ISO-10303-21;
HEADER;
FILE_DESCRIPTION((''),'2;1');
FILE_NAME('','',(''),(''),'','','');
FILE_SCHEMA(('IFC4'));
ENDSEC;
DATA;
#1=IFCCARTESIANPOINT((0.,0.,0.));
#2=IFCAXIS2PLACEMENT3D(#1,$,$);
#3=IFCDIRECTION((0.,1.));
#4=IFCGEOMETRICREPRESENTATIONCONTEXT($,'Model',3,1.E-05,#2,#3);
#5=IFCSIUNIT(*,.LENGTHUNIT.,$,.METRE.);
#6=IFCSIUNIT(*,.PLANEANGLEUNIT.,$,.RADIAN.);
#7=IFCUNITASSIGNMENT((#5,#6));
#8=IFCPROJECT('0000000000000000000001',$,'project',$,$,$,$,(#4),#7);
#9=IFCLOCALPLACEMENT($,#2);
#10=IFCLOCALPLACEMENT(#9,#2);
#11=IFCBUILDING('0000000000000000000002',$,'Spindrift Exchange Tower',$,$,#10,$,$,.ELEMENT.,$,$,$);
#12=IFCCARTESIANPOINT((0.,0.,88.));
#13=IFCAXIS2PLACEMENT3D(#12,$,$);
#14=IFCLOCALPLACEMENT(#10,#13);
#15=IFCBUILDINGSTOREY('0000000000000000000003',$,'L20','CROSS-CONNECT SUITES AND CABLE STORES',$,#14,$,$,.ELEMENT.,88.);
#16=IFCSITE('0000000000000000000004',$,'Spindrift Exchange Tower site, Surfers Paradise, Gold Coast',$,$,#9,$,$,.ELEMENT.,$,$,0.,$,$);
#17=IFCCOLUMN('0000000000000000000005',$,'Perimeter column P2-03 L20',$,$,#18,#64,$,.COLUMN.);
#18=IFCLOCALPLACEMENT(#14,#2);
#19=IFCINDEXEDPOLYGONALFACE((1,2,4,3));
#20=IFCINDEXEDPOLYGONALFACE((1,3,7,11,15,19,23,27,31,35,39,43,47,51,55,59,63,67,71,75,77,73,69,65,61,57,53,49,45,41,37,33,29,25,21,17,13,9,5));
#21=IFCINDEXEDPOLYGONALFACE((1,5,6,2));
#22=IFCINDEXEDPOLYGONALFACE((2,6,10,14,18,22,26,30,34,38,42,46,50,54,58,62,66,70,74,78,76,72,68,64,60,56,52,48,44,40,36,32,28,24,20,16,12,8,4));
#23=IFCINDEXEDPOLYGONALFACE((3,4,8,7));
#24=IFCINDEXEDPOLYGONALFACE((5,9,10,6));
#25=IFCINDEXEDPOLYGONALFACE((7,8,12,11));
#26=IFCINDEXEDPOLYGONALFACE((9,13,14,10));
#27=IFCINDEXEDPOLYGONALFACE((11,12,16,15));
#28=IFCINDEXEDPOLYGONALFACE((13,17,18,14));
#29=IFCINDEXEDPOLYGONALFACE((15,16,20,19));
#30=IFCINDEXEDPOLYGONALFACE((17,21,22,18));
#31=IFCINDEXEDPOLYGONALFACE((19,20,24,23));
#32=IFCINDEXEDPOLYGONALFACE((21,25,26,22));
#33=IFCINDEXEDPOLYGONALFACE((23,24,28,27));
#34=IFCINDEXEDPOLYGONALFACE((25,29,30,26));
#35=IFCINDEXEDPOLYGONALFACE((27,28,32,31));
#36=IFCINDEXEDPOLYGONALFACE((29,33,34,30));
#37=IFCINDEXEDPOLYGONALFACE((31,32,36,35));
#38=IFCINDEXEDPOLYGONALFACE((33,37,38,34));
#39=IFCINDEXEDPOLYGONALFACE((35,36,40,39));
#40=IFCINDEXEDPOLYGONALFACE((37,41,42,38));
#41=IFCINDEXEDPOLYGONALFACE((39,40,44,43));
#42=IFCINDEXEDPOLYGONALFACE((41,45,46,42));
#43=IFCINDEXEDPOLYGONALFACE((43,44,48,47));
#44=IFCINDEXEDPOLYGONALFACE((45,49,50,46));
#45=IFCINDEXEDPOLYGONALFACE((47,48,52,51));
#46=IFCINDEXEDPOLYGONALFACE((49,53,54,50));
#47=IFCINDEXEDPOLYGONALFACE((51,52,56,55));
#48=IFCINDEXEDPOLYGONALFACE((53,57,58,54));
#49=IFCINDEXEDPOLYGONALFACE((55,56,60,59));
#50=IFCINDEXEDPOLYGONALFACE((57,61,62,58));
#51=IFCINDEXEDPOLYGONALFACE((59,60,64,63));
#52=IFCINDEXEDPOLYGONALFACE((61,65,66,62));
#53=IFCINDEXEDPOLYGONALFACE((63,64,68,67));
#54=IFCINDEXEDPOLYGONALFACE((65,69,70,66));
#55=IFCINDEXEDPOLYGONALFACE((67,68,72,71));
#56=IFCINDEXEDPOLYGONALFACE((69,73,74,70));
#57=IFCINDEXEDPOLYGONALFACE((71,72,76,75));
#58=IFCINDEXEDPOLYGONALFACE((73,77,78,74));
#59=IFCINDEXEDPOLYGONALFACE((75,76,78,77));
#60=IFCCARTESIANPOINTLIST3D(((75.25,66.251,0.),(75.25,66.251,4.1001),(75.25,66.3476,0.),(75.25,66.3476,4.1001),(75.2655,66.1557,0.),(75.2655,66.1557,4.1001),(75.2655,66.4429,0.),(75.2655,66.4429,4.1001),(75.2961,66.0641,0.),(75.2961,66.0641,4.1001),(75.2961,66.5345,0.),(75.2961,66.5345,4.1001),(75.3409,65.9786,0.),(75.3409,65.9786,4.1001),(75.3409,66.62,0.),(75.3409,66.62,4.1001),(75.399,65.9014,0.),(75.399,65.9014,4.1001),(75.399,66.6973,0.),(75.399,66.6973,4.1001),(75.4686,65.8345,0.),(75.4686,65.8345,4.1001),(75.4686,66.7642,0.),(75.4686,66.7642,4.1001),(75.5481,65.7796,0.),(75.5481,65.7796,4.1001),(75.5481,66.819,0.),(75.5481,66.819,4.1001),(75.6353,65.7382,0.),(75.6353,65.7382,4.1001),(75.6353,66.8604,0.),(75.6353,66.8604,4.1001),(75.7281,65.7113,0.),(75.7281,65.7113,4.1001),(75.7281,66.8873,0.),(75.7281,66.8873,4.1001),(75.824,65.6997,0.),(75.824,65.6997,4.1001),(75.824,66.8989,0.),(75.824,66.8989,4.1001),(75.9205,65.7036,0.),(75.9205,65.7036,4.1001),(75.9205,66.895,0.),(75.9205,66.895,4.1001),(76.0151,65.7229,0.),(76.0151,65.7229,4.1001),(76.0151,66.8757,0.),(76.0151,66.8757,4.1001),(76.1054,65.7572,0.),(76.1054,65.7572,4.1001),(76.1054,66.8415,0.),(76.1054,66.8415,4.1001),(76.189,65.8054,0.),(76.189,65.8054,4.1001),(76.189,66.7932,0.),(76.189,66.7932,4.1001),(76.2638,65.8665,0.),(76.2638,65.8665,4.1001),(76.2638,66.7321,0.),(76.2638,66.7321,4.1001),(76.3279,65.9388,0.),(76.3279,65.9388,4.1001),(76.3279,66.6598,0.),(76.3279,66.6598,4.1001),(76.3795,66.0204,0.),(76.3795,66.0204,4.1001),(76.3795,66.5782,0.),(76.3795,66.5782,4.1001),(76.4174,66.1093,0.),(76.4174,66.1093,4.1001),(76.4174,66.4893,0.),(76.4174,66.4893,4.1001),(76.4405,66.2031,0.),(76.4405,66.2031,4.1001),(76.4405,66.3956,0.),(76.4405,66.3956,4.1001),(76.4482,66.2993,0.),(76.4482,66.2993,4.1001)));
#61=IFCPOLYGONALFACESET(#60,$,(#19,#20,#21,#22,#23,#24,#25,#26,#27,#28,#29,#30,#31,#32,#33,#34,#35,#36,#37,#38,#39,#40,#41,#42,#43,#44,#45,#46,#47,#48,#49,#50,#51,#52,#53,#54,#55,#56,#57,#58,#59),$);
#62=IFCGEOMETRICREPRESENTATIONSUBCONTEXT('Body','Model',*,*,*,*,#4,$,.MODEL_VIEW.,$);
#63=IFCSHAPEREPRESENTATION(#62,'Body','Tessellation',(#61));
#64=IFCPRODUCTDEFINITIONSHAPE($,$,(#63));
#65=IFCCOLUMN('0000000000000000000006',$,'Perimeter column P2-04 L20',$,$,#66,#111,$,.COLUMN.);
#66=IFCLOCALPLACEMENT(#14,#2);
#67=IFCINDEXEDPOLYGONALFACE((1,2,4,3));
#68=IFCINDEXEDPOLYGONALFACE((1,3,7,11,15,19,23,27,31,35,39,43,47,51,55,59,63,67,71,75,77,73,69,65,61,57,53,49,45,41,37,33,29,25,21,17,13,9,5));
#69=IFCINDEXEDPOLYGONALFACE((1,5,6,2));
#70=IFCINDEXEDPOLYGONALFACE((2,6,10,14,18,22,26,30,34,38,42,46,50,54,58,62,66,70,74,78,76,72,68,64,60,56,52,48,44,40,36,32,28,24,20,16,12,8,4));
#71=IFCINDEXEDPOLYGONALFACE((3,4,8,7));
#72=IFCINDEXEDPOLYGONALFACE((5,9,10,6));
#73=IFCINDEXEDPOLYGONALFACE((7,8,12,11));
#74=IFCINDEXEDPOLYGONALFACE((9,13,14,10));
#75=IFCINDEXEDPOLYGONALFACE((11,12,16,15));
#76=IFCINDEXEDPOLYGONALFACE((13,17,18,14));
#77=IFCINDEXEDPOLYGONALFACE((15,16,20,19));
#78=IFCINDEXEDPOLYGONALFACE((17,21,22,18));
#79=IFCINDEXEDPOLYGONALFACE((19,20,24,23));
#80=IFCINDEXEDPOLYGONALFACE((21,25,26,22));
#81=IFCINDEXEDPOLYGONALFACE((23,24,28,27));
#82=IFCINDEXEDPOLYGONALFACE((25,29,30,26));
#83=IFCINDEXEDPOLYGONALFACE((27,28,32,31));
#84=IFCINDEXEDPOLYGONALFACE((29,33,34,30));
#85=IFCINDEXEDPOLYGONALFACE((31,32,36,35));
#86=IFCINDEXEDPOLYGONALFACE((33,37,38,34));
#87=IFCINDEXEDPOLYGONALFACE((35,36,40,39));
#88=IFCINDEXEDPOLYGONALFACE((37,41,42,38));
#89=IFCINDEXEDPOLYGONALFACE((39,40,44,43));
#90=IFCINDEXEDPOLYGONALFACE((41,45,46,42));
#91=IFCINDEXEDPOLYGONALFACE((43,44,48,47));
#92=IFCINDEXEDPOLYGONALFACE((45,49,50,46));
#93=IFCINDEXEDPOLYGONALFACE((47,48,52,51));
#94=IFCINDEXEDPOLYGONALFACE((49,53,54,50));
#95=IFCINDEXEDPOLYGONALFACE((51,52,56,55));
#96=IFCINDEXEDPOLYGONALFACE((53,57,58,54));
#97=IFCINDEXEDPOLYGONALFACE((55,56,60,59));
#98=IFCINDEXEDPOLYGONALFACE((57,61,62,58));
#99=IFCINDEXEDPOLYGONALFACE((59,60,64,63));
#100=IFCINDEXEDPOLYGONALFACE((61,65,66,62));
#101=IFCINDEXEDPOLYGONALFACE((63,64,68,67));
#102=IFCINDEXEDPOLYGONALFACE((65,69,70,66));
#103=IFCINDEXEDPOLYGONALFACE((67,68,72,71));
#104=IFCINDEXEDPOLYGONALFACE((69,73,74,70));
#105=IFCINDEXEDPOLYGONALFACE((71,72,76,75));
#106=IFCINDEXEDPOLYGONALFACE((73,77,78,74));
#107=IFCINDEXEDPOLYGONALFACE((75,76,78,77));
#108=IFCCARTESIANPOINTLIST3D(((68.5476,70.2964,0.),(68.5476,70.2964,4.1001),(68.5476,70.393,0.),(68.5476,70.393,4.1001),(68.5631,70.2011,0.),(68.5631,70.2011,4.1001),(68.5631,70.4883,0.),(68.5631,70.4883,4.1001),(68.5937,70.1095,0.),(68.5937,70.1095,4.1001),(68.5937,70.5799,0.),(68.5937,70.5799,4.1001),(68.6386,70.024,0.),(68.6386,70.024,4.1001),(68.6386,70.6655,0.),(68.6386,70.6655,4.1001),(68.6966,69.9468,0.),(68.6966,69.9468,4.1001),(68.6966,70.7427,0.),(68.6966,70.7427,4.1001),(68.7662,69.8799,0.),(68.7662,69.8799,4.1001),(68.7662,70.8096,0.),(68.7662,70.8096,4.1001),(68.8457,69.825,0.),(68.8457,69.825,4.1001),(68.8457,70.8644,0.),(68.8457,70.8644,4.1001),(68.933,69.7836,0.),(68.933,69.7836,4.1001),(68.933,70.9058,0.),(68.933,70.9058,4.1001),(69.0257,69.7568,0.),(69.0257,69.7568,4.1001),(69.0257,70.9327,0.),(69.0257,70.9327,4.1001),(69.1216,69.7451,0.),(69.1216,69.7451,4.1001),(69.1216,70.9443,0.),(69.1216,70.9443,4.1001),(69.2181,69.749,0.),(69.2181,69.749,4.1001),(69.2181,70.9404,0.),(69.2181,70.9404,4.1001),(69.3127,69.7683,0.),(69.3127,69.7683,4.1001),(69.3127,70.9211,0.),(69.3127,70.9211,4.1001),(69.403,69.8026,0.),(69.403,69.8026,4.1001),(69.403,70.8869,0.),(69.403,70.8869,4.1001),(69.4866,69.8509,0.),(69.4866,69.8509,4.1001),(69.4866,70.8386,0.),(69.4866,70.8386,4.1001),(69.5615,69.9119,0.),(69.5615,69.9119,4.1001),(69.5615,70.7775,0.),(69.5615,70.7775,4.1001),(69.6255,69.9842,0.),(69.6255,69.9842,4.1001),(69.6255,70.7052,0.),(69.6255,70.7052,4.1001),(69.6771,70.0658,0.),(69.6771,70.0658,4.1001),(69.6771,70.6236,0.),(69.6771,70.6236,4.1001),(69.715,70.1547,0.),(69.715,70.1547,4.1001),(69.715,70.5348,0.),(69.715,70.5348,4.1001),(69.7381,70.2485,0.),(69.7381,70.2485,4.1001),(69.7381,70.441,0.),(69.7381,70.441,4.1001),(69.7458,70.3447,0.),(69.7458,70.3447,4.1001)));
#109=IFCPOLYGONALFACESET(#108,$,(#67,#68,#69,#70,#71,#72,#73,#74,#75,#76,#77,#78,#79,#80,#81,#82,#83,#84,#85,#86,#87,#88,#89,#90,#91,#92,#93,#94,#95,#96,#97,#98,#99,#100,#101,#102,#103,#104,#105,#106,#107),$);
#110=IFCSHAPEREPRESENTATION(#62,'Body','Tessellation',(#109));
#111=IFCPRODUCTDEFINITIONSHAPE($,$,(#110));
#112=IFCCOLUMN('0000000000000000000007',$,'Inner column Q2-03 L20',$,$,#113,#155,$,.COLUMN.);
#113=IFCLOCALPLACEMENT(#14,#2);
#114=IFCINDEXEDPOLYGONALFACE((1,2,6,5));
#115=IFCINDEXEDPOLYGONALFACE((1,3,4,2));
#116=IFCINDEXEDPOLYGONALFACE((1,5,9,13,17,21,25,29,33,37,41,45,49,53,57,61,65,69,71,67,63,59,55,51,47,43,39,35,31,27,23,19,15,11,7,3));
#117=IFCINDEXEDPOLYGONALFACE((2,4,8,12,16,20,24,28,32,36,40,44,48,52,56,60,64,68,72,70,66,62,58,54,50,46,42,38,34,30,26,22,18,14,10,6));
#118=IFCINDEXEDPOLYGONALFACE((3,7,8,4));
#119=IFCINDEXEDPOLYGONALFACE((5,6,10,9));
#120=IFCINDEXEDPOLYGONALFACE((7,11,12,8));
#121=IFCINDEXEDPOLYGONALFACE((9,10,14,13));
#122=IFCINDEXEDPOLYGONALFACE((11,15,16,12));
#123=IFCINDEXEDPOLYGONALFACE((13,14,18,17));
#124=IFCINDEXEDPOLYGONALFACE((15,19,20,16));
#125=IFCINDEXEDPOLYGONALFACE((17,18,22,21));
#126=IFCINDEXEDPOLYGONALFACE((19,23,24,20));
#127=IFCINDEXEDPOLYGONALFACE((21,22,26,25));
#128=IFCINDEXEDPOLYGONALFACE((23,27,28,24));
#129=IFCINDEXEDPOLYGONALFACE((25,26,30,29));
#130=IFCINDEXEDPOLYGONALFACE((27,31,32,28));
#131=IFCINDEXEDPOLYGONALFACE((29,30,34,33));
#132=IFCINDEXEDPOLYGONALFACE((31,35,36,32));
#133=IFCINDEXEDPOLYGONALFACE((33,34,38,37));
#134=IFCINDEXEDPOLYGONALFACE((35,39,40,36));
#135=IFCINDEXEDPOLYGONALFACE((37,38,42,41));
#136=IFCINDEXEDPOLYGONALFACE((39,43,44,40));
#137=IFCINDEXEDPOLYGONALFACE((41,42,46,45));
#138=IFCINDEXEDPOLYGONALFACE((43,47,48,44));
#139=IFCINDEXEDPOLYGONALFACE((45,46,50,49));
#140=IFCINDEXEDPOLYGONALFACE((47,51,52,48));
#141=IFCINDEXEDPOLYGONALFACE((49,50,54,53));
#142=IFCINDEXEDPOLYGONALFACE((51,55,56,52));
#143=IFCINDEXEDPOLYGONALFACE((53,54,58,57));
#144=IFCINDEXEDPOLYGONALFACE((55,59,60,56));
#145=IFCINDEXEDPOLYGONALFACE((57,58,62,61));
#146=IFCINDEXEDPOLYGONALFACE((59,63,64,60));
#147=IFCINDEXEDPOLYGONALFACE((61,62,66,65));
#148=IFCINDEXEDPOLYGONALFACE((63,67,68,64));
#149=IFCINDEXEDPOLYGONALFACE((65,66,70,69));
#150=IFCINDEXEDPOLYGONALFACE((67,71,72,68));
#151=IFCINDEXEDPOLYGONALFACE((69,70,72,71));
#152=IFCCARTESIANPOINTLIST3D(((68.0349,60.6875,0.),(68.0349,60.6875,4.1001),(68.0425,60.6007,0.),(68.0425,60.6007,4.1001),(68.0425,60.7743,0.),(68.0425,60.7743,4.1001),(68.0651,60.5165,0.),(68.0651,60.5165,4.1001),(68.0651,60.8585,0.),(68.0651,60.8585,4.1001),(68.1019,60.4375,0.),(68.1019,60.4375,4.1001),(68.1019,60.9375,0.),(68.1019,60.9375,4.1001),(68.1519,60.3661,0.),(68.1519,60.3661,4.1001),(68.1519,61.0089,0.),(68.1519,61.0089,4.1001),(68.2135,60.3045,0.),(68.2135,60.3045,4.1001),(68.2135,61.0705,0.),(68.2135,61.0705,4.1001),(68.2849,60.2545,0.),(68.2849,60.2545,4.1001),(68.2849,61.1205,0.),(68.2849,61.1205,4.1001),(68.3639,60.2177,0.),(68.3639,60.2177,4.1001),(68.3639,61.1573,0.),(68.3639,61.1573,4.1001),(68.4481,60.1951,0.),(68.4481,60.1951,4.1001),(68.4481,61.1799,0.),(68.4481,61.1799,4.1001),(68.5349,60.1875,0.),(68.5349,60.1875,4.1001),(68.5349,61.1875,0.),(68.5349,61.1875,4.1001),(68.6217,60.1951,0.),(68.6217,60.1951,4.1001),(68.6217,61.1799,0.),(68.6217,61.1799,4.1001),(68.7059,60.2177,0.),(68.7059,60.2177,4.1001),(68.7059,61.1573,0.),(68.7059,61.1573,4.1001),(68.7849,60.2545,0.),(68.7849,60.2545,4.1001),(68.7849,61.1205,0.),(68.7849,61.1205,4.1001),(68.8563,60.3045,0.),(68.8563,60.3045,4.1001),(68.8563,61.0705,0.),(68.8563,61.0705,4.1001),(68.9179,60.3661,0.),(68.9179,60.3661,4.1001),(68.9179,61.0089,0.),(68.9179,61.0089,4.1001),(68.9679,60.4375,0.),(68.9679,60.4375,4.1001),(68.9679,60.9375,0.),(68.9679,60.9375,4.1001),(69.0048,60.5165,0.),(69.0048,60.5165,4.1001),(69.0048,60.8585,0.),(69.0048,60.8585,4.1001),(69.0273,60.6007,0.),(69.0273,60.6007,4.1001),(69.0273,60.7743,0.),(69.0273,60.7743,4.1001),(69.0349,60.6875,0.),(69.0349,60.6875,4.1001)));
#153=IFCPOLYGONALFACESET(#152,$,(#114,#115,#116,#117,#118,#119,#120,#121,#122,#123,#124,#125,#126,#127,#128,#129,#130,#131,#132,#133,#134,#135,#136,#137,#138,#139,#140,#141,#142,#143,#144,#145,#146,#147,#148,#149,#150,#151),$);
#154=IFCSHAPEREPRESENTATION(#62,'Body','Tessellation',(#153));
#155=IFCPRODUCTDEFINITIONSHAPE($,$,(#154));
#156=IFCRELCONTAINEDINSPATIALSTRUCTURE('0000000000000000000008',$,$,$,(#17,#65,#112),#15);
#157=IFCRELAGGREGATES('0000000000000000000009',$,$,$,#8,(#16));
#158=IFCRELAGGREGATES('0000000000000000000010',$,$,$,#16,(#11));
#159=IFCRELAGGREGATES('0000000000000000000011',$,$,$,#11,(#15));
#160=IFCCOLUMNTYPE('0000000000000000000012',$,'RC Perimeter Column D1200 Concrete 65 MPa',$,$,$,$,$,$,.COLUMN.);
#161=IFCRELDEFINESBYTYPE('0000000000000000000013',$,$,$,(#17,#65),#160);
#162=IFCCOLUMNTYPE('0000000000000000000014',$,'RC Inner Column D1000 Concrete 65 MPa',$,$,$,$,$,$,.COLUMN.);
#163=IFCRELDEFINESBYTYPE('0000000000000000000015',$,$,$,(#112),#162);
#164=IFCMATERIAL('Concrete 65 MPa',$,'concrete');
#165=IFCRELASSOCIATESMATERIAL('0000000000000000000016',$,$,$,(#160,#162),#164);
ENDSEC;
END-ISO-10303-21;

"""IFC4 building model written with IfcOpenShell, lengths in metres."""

from ifc_helpers import new_model, si_unit, direction, frame, origin, origin_2d, place, context, subcontext, project, spatial, circle, extrude, source, transform, mapped, material, material_profile, profile_set, type_object, element, save


model = new_model("IFC4")

# Units and contexts
model_context = context("Model", 3, precision=1e-05, world=origin(), true_north=direction((0.0, 1.0)))
body_context = subcontext(model_context, "Body", "Model", "MODEL_VIEW")
ifc_project = project(units=[si_unit("LENGTHUNIT", "METRE"), si_unit("PLANEANGLEUNIT", "RADIAN")], contexts=[model_context])

# Site, building, storey
site_placement = place(None, origin())
site = spatial("IfcSite", under=ifc_project, at=site_placement, Name="Spindrift Exchange Tower site, Surfers Paradise, Gold Coast", CompositionType="ELEMENT", RefElevation=0.0)
building_placement = place(site_placement, origin())
building = spatial("IfcBuilding", under=site, at=building_placement, Name="Spindrift Exchange Tower", CompositionType="ELEMENT")
storey_placement = place(building_placement, frame((0.0, 0.0, 88.0)))
storey = spatial("IfcBuildingStorey", under=building, at=storey_placement, Name="L20", Description="CROSS-CONNECT SUITES AND CABLE STORES", CompositionType="ELEMENT", Elevation=88.0)

# Columns
ifc_material_1 = material(Name="Concrete 65 MPa", Category="concrete")
ifc_material_profile_1 = material_profile(ifc_material_1, circle(Radius=0.6001, at=origin_2d()), Name="RC D1200")
ifc_profile_set_1 = profile_set([ifc_material_profile_1], Name="Concrete 65 MPa")
column_type_1 = type_object("IfcColumnType", Name="RC Perimeter Column D1200 Concrete 65 MPa", PredefinedType="COLUMN", material=ifc_profile_set_1)
shared_shape_1 = source(origin(), body_context, "Body", "SweptSolid", [
    extrude(circle(Radius=0.6001, at=origin_2d()), origin(), (0.0, 0.0, 1.0), 4.1001),
])
for number, where, z_axis, x_axis, name in (
    (1, (75.8481, 66.2993, 0.0), (0.0, 0.0, 1.0), (1.0, 0.0, 0.0), "Perimeter column P2-03 L20"),
    (2, (69.1458, 70.3447, 0.0), (0.0, 0.0, 1.0), (1.0, 0.0, 0.0), "Perimeter column P2-04 L20"),
):
    element("IfcColumn", number, at=place(storey_placement, frame(where, z_axis=z_axis, x_axis=x_axis)), inside=storey, type_object=column_type_1, Name=name, PredefinedType="COLUMN", context=body_context, shape_type="MappedRepresentation", body=[
        mapped(shared_shape_1, transform((0.0, 0.0, 0.0), scale=1.0)),
    ])
ifc_material_profile_2 = material_profile(ifc_material_1, circle(Radius=0.5, at=origin_2d()), Name="RC D1000")
ifc_profile_set_2 = profile_set([ifc_material_profile_2], Name="Concrete 65 MPa")
column_type_2 = type_object("IfcColumnType", Name="RC Inner Column D1000 Concrete 65 MPa", PredefinedType="COLUMN", material=ifc_profile_set_2)
shared_shape_2 = source(origin(), body_context, "Body", "SweptSolid", [
    extrude(circle(Radius=0.5, at=origin_2d()), origin(), (0.0, 0.0, 1.0), 4.1001),
])
column_placement = place(storey_placement, frame((68.5349, 60.6875, 0.0), z_axis=(0.0, 0.0, 1.0), x_axis=(1.0, 0.0, 0.0)))
element("IfcColumn", 3, at=column_placement, inside=storey, type_object=column_type_2, Name="Inner column Q2-03 L20", PredefinedType="COLUMN", context=body_context, shape_type="MappedRepresentation", body=[
    mapped(shared_shape_2, transform((0.0, 0.0, 0.0), scale=1.0)),
])

save(model, "model.ifc")
